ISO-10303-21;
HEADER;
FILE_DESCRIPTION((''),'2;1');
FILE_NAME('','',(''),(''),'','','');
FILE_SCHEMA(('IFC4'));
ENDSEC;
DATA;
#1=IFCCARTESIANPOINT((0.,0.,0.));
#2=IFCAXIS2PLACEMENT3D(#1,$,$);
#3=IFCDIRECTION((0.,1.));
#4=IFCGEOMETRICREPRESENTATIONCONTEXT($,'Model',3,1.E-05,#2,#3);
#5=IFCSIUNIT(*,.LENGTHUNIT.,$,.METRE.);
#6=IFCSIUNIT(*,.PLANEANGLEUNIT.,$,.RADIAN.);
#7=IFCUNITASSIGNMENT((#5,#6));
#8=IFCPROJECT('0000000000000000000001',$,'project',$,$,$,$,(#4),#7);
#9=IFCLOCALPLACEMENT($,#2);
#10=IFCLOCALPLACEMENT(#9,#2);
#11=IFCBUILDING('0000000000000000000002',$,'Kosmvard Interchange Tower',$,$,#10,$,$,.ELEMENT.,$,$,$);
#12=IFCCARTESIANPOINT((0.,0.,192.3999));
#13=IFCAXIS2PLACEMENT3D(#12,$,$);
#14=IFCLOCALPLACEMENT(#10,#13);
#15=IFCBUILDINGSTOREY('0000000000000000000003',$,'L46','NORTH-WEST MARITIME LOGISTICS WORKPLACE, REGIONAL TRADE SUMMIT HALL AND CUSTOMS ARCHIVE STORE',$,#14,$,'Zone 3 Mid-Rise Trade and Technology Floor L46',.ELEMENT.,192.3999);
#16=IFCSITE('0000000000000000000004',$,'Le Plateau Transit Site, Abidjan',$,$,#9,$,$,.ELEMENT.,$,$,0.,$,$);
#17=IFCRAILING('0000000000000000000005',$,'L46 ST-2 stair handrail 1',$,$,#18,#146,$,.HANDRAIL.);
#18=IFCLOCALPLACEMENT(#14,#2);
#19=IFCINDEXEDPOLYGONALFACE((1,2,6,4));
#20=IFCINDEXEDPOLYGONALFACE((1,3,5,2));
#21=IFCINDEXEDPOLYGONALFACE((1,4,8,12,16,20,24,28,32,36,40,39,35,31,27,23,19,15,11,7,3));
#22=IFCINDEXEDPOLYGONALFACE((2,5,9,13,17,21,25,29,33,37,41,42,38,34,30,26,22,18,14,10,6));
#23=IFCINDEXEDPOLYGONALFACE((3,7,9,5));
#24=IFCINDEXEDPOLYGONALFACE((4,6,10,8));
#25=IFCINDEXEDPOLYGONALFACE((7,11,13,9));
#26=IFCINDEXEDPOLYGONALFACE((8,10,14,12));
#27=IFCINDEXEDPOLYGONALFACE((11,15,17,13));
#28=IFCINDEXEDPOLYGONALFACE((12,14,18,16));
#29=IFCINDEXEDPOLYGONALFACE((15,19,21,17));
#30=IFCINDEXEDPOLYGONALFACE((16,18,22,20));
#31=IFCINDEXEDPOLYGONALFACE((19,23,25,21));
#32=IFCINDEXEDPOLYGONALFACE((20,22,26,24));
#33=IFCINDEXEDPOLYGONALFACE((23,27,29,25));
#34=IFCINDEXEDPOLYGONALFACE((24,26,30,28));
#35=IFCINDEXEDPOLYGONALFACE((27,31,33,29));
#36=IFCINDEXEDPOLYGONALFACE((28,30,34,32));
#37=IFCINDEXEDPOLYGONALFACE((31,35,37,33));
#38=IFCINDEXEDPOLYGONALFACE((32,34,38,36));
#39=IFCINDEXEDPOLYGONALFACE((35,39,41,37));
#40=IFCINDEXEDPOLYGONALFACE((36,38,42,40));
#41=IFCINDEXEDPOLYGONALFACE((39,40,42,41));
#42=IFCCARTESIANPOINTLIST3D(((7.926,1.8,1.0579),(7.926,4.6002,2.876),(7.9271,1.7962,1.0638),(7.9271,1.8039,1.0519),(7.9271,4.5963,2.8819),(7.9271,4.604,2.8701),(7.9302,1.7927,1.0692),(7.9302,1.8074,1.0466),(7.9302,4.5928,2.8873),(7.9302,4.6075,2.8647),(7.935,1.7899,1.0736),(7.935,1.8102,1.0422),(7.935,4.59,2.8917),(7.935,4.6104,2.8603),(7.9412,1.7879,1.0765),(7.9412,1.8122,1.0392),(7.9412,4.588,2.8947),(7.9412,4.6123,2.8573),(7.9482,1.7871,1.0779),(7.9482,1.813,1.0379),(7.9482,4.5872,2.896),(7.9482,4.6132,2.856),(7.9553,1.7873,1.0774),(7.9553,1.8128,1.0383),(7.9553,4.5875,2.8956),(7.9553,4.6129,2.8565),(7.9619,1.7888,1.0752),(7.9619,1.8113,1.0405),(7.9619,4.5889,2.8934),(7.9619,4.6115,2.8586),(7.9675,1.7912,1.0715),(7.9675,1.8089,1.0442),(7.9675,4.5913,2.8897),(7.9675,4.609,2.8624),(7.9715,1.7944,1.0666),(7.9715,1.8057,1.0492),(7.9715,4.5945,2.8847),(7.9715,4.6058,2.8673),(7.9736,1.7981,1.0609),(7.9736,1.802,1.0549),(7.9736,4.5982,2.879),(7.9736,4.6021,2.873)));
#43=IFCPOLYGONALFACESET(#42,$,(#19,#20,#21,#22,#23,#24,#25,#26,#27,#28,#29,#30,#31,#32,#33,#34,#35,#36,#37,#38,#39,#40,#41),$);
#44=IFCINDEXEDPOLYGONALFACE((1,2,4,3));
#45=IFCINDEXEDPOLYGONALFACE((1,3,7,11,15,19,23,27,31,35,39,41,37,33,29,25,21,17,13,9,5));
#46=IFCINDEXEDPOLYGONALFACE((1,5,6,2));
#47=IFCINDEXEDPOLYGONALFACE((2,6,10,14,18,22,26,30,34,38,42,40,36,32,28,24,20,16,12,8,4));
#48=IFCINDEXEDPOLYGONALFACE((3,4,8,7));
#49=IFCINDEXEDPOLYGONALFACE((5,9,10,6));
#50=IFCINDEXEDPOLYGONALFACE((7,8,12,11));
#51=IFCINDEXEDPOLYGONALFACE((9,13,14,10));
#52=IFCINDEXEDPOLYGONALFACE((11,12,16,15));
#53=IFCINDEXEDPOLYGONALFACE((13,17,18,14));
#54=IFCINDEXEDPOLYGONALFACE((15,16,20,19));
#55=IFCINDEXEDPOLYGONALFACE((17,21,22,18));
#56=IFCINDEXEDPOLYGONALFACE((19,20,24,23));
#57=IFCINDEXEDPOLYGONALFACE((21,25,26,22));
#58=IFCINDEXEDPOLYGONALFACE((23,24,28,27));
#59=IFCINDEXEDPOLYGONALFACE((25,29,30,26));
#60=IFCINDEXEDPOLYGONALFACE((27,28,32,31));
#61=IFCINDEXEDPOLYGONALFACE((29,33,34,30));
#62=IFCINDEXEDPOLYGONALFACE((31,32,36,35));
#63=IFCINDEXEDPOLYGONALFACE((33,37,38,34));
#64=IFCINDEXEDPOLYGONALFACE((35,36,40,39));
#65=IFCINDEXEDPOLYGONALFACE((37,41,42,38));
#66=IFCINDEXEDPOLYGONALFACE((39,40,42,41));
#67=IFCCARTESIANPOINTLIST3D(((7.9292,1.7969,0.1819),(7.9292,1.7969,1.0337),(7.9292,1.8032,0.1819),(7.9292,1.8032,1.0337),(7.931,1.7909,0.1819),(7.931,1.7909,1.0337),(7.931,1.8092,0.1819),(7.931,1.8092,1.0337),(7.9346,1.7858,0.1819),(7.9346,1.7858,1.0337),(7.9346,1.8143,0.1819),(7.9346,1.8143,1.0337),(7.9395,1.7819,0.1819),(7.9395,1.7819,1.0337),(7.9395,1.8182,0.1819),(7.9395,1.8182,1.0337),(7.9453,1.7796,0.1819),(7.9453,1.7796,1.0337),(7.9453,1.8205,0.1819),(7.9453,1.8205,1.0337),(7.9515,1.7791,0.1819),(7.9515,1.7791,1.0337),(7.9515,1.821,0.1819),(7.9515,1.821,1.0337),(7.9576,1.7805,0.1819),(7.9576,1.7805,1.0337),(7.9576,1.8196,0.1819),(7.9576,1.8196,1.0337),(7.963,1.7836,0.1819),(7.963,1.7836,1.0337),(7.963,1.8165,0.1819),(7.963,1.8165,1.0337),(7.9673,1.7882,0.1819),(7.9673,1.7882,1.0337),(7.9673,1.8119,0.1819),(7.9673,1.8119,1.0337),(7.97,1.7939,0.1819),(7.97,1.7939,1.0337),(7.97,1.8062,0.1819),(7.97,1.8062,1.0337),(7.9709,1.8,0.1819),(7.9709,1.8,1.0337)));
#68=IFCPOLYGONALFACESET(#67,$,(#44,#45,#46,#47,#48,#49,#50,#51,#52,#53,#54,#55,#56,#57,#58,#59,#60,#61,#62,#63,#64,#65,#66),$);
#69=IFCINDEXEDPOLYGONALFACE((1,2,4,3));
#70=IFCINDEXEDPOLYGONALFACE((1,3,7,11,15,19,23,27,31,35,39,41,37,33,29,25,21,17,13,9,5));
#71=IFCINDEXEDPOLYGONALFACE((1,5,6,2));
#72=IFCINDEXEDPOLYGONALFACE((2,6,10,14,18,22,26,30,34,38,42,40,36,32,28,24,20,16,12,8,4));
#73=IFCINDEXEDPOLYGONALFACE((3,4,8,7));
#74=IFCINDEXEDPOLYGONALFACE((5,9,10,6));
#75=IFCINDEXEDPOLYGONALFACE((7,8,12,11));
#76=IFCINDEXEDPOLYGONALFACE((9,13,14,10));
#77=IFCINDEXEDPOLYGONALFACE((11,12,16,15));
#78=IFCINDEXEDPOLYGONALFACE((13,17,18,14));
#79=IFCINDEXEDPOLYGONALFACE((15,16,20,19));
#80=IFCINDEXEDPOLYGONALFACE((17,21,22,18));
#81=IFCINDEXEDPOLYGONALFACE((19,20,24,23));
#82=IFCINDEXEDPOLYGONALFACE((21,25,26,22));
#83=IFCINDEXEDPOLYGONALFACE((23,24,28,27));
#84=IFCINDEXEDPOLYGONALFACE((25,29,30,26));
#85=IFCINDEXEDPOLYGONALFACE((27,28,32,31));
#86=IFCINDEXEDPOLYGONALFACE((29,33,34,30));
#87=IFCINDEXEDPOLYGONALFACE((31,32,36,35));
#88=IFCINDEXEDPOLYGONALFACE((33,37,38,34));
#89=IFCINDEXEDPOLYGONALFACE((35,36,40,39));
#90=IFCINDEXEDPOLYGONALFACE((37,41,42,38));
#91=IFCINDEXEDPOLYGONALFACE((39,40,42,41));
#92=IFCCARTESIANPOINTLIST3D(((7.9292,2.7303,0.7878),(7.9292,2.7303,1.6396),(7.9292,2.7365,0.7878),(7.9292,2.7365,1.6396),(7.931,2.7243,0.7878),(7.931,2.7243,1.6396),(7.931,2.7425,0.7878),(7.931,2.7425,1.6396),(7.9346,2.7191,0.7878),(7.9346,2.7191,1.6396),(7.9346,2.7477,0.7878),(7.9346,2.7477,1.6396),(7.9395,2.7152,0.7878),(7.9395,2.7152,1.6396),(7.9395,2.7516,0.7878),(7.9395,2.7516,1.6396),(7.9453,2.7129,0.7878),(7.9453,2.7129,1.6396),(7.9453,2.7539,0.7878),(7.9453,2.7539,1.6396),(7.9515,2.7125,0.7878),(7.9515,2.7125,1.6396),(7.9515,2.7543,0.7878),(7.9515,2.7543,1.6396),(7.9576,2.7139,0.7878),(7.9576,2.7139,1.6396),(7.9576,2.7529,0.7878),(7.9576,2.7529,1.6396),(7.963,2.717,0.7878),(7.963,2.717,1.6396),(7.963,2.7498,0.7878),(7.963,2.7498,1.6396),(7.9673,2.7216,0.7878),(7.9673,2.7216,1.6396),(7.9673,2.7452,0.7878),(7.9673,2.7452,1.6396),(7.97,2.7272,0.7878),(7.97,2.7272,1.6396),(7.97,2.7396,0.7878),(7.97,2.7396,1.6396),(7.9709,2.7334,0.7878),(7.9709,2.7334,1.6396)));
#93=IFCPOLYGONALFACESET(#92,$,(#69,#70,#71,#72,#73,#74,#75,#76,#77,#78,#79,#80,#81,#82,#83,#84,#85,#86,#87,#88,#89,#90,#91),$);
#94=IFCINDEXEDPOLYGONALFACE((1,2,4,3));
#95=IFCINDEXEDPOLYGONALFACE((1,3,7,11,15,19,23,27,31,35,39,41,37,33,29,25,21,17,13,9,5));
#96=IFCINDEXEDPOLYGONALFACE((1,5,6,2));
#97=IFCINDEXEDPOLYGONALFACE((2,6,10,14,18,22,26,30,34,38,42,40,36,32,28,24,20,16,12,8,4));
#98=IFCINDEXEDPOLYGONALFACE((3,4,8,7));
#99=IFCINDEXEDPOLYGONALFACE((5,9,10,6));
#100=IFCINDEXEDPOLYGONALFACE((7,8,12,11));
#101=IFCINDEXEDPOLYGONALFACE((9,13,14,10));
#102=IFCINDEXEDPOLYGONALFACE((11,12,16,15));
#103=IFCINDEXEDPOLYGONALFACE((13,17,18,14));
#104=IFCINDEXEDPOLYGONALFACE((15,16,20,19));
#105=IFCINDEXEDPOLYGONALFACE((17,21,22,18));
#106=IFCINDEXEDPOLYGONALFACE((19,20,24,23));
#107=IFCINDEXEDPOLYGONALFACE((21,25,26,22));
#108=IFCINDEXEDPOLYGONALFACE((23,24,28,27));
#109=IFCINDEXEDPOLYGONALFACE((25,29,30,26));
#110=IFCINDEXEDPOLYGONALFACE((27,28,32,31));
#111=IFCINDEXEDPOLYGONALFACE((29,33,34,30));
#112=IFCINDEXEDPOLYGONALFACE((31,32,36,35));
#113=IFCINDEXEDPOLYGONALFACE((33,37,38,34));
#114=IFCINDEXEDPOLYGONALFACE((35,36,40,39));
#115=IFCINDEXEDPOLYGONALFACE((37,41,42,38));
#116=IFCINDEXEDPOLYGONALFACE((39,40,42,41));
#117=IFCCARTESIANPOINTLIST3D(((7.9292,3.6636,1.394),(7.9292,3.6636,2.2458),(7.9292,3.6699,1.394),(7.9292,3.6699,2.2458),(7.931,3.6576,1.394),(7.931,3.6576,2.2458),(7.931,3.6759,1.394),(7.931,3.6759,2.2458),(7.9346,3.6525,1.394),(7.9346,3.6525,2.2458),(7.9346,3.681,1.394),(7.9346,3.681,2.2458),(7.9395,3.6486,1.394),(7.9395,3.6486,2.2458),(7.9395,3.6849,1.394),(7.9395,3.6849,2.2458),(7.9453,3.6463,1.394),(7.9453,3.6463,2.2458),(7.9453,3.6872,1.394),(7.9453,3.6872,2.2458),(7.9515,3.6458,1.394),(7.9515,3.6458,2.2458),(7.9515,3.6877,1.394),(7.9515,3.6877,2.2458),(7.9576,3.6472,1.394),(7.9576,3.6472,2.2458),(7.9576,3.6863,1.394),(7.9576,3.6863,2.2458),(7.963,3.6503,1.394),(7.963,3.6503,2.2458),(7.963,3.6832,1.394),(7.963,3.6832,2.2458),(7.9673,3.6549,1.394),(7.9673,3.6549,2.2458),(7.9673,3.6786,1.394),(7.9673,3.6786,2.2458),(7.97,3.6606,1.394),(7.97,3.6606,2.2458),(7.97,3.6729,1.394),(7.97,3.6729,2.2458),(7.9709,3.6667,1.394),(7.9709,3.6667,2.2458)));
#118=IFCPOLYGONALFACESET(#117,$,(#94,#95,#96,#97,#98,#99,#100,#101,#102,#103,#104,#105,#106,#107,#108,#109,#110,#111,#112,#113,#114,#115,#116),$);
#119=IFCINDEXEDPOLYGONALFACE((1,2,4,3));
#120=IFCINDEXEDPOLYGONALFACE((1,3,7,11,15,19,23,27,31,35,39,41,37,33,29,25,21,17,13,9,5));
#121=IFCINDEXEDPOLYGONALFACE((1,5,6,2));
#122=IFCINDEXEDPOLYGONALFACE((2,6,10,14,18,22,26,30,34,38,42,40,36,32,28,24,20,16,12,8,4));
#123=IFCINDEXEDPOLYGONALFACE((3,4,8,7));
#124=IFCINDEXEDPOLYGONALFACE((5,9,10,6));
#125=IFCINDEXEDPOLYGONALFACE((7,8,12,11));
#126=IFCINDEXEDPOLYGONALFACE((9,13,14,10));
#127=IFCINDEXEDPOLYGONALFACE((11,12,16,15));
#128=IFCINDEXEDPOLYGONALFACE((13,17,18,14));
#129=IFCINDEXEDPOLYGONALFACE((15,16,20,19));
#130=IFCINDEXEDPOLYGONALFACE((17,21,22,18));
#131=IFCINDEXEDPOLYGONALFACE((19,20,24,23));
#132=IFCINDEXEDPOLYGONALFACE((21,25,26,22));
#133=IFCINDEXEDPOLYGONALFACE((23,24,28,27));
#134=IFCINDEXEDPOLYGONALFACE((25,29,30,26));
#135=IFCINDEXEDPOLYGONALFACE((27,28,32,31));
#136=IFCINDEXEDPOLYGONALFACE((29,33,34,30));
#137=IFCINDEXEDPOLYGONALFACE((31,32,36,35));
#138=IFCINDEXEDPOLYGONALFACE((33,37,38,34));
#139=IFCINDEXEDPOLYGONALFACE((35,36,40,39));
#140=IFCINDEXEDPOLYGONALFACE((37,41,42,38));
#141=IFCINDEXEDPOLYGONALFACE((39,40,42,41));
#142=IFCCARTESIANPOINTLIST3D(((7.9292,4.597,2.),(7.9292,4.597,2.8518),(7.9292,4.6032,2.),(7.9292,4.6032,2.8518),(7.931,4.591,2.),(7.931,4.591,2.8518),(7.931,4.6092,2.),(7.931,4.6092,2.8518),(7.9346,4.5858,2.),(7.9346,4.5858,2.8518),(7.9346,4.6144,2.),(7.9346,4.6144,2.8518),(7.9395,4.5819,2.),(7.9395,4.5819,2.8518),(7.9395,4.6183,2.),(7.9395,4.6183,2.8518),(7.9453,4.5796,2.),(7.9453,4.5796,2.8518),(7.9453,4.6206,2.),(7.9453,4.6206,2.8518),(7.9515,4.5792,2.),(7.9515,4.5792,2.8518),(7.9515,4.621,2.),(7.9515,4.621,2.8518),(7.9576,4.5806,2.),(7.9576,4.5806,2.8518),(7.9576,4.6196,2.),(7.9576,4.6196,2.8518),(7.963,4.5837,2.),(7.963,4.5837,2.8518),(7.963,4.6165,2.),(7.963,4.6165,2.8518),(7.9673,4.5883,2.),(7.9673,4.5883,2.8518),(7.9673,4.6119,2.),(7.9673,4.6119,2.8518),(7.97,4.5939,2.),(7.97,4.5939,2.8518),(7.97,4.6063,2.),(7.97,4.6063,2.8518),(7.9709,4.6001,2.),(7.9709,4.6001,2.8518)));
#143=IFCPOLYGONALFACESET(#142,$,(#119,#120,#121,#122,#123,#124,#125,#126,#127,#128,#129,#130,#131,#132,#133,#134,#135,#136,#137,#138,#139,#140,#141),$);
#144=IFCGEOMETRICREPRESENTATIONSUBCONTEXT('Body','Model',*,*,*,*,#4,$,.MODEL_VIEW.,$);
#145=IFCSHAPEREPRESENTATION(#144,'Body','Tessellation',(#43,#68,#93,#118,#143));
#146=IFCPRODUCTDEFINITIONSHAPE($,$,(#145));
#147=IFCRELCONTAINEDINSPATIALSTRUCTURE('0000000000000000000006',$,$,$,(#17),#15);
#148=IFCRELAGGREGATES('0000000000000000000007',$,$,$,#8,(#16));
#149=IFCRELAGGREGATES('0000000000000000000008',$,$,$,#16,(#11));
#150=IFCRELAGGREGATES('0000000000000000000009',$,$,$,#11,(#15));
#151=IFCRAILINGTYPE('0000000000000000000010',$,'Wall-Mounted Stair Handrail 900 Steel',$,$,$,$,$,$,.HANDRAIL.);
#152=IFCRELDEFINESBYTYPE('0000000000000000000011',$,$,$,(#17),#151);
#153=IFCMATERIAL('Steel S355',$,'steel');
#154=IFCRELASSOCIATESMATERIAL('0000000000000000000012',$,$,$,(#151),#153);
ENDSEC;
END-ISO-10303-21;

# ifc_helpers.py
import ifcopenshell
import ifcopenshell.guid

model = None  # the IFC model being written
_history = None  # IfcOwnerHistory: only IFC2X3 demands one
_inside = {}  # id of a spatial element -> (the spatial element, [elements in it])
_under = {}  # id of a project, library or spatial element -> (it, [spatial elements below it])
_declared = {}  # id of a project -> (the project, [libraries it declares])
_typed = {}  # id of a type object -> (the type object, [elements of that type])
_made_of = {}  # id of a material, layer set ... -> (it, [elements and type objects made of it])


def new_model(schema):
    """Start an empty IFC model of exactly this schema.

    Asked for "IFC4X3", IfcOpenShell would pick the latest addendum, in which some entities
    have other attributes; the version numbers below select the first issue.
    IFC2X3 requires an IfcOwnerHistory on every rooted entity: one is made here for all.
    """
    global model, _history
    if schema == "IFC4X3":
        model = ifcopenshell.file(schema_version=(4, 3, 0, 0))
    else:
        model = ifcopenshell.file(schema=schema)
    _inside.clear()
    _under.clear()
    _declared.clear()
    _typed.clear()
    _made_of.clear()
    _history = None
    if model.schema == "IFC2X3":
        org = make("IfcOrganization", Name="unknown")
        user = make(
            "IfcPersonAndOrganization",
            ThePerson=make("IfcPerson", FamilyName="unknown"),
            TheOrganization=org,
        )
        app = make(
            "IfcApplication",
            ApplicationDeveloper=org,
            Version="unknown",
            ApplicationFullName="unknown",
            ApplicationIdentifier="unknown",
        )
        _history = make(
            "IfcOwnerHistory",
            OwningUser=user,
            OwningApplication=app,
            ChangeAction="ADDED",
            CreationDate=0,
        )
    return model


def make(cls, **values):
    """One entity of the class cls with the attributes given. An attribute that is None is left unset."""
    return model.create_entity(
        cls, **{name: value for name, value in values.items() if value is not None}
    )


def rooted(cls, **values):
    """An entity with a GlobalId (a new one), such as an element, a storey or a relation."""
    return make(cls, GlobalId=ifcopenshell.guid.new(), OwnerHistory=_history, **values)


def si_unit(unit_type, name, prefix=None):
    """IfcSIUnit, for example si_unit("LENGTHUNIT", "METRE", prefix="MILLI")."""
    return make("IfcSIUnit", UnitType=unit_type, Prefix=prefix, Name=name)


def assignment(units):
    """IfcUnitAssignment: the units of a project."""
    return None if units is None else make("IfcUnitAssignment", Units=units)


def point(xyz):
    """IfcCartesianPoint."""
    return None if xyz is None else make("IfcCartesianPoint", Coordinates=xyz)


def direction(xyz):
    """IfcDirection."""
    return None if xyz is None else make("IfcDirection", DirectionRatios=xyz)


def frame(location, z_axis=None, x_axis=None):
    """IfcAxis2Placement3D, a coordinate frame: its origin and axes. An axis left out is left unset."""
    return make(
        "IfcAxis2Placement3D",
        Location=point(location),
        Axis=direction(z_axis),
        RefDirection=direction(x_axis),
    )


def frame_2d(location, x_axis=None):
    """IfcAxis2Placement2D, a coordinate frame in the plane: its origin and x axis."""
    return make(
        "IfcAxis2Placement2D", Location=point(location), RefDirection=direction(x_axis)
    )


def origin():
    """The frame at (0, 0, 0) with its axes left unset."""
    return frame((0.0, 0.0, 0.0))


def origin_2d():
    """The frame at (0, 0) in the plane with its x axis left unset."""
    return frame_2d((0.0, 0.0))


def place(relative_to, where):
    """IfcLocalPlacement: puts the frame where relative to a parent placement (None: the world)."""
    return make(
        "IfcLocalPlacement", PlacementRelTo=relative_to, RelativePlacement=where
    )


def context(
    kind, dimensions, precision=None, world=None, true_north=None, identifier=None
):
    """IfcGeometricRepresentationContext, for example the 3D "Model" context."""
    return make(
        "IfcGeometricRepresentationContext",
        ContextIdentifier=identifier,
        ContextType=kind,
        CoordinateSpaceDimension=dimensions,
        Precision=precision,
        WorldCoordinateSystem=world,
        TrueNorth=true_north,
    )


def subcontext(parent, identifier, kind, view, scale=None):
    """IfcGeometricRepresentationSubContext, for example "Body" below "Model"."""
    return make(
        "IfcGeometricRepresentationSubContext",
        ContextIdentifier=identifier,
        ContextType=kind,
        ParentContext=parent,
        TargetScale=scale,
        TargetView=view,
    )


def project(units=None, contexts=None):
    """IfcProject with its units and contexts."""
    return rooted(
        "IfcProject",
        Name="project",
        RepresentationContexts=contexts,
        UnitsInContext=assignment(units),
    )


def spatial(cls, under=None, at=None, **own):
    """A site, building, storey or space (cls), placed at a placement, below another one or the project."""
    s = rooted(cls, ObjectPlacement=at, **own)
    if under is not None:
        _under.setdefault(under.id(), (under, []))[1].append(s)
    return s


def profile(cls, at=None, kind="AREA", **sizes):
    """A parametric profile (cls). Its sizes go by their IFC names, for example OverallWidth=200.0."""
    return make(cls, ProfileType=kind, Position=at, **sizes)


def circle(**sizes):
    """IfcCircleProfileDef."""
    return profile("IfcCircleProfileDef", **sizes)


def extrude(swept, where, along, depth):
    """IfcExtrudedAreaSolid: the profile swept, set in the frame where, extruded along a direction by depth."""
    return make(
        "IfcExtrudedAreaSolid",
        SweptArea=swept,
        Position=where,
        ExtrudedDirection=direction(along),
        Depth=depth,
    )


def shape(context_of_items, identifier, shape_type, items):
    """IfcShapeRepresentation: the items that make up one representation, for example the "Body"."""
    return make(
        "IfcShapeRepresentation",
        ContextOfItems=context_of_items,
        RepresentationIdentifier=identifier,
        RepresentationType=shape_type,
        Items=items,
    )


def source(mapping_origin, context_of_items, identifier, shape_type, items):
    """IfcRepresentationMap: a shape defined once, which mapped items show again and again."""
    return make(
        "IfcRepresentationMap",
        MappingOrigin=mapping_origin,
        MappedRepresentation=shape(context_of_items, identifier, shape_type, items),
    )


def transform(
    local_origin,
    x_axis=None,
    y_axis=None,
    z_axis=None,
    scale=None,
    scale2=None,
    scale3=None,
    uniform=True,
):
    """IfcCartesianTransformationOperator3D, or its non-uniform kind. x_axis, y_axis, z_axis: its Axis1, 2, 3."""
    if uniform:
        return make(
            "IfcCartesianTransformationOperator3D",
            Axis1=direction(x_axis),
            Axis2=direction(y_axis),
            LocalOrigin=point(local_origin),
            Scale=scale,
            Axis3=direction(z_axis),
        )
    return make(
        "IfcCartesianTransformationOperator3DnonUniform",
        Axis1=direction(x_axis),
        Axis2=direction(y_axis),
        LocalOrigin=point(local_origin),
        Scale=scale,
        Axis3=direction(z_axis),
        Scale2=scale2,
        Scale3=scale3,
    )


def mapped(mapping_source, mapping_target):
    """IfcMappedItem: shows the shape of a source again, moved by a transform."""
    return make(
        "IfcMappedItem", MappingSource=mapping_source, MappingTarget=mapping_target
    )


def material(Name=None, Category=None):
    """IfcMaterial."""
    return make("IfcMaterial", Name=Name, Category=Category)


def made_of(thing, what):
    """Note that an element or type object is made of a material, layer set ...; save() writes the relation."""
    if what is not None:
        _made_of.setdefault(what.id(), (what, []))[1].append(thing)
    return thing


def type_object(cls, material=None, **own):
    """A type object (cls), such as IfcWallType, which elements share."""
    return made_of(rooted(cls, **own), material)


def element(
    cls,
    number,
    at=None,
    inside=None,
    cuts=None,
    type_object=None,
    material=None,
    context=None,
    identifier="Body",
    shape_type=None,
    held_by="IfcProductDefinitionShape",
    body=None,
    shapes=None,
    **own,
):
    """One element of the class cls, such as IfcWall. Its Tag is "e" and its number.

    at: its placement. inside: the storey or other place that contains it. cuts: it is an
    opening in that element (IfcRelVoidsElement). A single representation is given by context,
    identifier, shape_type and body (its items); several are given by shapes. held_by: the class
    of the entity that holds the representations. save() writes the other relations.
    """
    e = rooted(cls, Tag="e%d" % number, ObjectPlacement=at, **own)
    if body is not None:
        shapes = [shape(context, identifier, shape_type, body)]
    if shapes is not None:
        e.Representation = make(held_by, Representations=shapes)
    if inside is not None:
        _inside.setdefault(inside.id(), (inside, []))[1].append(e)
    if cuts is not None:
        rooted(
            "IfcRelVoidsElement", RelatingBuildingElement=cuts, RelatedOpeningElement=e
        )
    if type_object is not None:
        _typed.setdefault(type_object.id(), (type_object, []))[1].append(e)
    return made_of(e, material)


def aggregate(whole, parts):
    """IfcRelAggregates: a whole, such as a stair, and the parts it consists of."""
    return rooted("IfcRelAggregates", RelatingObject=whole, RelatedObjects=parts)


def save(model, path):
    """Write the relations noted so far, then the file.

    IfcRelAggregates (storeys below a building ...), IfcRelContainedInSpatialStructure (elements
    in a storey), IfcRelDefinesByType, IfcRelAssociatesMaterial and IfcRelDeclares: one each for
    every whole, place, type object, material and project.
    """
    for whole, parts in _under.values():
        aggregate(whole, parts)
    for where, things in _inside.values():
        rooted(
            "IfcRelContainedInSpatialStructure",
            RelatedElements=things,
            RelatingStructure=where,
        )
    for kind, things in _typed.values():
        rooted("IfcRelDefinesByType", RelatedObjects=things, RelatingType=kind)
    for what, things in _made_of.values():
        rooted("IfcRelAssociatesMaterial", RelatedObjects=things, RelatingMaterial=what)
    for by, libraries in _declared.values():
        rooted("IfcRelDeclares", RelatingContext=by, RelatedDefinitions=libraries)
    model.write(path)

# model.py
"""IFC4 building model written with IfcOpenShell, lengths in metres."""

from ifc_helpers import new_model, si_unit, direction, frame, origin, origin_2d, place, context, subcontext, project, spatial, circle, extrude, source, transform, mapped, material, type_object, element, save


model = new_model("IFC4")

# Units and contexts
model_context = context("Model", 3, precision=1e-05, world=origin(), true_north=direction((0.0, 1.0)))
body_context = subcontext(model_context, "Body", "Model", "MODEL_VIEW")
ifc_project = project(units=[si_unit("LENGTHUNIT", "METRE"), si_unit("PLANEANGLEUNIT", "RADIAN")], contexts=[model_context])

# Site, building, storey
site_placement = place(None, origin())
site = spatial("IfcSite", under=ifc_project, at=site_placement, Name="Le Plateau Transit Site, Abidjan", CompositionType="ELEMENT", RefElevation=0.0)
building_placement = place(site_placement, origin())
building = spatial("IfcBuilding", under=site, at=building_placement, Name="Kosmvard Interchange Tower", CompositionType="ELEMENT")
storey_placement = place(building_placement, frame((0.0, 0.0, 192.3999)))
storey = spatial("IfcBuildingStorey", under=building, at=storey_placement, Name="L46", Description="NORTH-WEST MARITIME LOGISTICS WORKPLACE, REGIONAL TRADE SUMMIT HALL AND CUSTOMS ARCHIVE STORE", LongName="Zone 3 Mid-Rise Trade and Technology Floor L46", CompositionType="ELEMENT", Elevation=192.3999)

# Shared definitions
ifc_material_1 = material(Name="Steel S355", Category="steel")

# Railing
railing_type_1 = type_object("IfcRailingType", Name="Wall-Mounted Stair Handrail 900 Steel", PredefinedType="HANDRAIL", material=ifc_material_1)
shared_shape_1 = source(origin(), body_context, "Body", "SweptSolid", [
    extrude(circle(Radius=0.0239, at=origin_2d()), frame((0.0, 0.0, 0.876), z_axis=(0.0, 0.838706, 0.544585), x_axis=(-1.0, 0.0, 0.0)), (0.0, 0.0, 1.0), 3.3386),
    extrude(circle(Radius=0.021, at=origin_2d()), origin(), (0.0, 0.0, 1.0), 0.8518),
    extrude(circle(Radius=0.021, at=origin_2d()), frame((0.0, 0.9333, 0.606)), (0.0, 0.0, 1.0), 0.8518),
    extrude(circle(Radius=0.021, at=origin_2d()), frame((0.0, 1.8667, 1.2122)), (0.0, 0.0, 1.0), 0.8518),
    extrude(circle(Radius=0.021, at=origin_2d()), frame((0.0, 2.8, 1.8181)), (0.0, 0.0, 1.0), 0.8518),
])
railing_1_placement = place(storey_placement, frame((7.95, 1.8, 0.1819)))
element("IfcRailing", 1, at=railing_1_placement, inside=storey, type_object=railing_type_1, Name="L46 ST-2 stair handrail 1", PredefinedType="HANDRAIL", context=body_context, shape_type="MappedRepresentation", body=[
    mapped(shared_shape_1, transform((0.0, 0.0, 0.0), scale=1.0)),
])

save(model, "model.ifc")
